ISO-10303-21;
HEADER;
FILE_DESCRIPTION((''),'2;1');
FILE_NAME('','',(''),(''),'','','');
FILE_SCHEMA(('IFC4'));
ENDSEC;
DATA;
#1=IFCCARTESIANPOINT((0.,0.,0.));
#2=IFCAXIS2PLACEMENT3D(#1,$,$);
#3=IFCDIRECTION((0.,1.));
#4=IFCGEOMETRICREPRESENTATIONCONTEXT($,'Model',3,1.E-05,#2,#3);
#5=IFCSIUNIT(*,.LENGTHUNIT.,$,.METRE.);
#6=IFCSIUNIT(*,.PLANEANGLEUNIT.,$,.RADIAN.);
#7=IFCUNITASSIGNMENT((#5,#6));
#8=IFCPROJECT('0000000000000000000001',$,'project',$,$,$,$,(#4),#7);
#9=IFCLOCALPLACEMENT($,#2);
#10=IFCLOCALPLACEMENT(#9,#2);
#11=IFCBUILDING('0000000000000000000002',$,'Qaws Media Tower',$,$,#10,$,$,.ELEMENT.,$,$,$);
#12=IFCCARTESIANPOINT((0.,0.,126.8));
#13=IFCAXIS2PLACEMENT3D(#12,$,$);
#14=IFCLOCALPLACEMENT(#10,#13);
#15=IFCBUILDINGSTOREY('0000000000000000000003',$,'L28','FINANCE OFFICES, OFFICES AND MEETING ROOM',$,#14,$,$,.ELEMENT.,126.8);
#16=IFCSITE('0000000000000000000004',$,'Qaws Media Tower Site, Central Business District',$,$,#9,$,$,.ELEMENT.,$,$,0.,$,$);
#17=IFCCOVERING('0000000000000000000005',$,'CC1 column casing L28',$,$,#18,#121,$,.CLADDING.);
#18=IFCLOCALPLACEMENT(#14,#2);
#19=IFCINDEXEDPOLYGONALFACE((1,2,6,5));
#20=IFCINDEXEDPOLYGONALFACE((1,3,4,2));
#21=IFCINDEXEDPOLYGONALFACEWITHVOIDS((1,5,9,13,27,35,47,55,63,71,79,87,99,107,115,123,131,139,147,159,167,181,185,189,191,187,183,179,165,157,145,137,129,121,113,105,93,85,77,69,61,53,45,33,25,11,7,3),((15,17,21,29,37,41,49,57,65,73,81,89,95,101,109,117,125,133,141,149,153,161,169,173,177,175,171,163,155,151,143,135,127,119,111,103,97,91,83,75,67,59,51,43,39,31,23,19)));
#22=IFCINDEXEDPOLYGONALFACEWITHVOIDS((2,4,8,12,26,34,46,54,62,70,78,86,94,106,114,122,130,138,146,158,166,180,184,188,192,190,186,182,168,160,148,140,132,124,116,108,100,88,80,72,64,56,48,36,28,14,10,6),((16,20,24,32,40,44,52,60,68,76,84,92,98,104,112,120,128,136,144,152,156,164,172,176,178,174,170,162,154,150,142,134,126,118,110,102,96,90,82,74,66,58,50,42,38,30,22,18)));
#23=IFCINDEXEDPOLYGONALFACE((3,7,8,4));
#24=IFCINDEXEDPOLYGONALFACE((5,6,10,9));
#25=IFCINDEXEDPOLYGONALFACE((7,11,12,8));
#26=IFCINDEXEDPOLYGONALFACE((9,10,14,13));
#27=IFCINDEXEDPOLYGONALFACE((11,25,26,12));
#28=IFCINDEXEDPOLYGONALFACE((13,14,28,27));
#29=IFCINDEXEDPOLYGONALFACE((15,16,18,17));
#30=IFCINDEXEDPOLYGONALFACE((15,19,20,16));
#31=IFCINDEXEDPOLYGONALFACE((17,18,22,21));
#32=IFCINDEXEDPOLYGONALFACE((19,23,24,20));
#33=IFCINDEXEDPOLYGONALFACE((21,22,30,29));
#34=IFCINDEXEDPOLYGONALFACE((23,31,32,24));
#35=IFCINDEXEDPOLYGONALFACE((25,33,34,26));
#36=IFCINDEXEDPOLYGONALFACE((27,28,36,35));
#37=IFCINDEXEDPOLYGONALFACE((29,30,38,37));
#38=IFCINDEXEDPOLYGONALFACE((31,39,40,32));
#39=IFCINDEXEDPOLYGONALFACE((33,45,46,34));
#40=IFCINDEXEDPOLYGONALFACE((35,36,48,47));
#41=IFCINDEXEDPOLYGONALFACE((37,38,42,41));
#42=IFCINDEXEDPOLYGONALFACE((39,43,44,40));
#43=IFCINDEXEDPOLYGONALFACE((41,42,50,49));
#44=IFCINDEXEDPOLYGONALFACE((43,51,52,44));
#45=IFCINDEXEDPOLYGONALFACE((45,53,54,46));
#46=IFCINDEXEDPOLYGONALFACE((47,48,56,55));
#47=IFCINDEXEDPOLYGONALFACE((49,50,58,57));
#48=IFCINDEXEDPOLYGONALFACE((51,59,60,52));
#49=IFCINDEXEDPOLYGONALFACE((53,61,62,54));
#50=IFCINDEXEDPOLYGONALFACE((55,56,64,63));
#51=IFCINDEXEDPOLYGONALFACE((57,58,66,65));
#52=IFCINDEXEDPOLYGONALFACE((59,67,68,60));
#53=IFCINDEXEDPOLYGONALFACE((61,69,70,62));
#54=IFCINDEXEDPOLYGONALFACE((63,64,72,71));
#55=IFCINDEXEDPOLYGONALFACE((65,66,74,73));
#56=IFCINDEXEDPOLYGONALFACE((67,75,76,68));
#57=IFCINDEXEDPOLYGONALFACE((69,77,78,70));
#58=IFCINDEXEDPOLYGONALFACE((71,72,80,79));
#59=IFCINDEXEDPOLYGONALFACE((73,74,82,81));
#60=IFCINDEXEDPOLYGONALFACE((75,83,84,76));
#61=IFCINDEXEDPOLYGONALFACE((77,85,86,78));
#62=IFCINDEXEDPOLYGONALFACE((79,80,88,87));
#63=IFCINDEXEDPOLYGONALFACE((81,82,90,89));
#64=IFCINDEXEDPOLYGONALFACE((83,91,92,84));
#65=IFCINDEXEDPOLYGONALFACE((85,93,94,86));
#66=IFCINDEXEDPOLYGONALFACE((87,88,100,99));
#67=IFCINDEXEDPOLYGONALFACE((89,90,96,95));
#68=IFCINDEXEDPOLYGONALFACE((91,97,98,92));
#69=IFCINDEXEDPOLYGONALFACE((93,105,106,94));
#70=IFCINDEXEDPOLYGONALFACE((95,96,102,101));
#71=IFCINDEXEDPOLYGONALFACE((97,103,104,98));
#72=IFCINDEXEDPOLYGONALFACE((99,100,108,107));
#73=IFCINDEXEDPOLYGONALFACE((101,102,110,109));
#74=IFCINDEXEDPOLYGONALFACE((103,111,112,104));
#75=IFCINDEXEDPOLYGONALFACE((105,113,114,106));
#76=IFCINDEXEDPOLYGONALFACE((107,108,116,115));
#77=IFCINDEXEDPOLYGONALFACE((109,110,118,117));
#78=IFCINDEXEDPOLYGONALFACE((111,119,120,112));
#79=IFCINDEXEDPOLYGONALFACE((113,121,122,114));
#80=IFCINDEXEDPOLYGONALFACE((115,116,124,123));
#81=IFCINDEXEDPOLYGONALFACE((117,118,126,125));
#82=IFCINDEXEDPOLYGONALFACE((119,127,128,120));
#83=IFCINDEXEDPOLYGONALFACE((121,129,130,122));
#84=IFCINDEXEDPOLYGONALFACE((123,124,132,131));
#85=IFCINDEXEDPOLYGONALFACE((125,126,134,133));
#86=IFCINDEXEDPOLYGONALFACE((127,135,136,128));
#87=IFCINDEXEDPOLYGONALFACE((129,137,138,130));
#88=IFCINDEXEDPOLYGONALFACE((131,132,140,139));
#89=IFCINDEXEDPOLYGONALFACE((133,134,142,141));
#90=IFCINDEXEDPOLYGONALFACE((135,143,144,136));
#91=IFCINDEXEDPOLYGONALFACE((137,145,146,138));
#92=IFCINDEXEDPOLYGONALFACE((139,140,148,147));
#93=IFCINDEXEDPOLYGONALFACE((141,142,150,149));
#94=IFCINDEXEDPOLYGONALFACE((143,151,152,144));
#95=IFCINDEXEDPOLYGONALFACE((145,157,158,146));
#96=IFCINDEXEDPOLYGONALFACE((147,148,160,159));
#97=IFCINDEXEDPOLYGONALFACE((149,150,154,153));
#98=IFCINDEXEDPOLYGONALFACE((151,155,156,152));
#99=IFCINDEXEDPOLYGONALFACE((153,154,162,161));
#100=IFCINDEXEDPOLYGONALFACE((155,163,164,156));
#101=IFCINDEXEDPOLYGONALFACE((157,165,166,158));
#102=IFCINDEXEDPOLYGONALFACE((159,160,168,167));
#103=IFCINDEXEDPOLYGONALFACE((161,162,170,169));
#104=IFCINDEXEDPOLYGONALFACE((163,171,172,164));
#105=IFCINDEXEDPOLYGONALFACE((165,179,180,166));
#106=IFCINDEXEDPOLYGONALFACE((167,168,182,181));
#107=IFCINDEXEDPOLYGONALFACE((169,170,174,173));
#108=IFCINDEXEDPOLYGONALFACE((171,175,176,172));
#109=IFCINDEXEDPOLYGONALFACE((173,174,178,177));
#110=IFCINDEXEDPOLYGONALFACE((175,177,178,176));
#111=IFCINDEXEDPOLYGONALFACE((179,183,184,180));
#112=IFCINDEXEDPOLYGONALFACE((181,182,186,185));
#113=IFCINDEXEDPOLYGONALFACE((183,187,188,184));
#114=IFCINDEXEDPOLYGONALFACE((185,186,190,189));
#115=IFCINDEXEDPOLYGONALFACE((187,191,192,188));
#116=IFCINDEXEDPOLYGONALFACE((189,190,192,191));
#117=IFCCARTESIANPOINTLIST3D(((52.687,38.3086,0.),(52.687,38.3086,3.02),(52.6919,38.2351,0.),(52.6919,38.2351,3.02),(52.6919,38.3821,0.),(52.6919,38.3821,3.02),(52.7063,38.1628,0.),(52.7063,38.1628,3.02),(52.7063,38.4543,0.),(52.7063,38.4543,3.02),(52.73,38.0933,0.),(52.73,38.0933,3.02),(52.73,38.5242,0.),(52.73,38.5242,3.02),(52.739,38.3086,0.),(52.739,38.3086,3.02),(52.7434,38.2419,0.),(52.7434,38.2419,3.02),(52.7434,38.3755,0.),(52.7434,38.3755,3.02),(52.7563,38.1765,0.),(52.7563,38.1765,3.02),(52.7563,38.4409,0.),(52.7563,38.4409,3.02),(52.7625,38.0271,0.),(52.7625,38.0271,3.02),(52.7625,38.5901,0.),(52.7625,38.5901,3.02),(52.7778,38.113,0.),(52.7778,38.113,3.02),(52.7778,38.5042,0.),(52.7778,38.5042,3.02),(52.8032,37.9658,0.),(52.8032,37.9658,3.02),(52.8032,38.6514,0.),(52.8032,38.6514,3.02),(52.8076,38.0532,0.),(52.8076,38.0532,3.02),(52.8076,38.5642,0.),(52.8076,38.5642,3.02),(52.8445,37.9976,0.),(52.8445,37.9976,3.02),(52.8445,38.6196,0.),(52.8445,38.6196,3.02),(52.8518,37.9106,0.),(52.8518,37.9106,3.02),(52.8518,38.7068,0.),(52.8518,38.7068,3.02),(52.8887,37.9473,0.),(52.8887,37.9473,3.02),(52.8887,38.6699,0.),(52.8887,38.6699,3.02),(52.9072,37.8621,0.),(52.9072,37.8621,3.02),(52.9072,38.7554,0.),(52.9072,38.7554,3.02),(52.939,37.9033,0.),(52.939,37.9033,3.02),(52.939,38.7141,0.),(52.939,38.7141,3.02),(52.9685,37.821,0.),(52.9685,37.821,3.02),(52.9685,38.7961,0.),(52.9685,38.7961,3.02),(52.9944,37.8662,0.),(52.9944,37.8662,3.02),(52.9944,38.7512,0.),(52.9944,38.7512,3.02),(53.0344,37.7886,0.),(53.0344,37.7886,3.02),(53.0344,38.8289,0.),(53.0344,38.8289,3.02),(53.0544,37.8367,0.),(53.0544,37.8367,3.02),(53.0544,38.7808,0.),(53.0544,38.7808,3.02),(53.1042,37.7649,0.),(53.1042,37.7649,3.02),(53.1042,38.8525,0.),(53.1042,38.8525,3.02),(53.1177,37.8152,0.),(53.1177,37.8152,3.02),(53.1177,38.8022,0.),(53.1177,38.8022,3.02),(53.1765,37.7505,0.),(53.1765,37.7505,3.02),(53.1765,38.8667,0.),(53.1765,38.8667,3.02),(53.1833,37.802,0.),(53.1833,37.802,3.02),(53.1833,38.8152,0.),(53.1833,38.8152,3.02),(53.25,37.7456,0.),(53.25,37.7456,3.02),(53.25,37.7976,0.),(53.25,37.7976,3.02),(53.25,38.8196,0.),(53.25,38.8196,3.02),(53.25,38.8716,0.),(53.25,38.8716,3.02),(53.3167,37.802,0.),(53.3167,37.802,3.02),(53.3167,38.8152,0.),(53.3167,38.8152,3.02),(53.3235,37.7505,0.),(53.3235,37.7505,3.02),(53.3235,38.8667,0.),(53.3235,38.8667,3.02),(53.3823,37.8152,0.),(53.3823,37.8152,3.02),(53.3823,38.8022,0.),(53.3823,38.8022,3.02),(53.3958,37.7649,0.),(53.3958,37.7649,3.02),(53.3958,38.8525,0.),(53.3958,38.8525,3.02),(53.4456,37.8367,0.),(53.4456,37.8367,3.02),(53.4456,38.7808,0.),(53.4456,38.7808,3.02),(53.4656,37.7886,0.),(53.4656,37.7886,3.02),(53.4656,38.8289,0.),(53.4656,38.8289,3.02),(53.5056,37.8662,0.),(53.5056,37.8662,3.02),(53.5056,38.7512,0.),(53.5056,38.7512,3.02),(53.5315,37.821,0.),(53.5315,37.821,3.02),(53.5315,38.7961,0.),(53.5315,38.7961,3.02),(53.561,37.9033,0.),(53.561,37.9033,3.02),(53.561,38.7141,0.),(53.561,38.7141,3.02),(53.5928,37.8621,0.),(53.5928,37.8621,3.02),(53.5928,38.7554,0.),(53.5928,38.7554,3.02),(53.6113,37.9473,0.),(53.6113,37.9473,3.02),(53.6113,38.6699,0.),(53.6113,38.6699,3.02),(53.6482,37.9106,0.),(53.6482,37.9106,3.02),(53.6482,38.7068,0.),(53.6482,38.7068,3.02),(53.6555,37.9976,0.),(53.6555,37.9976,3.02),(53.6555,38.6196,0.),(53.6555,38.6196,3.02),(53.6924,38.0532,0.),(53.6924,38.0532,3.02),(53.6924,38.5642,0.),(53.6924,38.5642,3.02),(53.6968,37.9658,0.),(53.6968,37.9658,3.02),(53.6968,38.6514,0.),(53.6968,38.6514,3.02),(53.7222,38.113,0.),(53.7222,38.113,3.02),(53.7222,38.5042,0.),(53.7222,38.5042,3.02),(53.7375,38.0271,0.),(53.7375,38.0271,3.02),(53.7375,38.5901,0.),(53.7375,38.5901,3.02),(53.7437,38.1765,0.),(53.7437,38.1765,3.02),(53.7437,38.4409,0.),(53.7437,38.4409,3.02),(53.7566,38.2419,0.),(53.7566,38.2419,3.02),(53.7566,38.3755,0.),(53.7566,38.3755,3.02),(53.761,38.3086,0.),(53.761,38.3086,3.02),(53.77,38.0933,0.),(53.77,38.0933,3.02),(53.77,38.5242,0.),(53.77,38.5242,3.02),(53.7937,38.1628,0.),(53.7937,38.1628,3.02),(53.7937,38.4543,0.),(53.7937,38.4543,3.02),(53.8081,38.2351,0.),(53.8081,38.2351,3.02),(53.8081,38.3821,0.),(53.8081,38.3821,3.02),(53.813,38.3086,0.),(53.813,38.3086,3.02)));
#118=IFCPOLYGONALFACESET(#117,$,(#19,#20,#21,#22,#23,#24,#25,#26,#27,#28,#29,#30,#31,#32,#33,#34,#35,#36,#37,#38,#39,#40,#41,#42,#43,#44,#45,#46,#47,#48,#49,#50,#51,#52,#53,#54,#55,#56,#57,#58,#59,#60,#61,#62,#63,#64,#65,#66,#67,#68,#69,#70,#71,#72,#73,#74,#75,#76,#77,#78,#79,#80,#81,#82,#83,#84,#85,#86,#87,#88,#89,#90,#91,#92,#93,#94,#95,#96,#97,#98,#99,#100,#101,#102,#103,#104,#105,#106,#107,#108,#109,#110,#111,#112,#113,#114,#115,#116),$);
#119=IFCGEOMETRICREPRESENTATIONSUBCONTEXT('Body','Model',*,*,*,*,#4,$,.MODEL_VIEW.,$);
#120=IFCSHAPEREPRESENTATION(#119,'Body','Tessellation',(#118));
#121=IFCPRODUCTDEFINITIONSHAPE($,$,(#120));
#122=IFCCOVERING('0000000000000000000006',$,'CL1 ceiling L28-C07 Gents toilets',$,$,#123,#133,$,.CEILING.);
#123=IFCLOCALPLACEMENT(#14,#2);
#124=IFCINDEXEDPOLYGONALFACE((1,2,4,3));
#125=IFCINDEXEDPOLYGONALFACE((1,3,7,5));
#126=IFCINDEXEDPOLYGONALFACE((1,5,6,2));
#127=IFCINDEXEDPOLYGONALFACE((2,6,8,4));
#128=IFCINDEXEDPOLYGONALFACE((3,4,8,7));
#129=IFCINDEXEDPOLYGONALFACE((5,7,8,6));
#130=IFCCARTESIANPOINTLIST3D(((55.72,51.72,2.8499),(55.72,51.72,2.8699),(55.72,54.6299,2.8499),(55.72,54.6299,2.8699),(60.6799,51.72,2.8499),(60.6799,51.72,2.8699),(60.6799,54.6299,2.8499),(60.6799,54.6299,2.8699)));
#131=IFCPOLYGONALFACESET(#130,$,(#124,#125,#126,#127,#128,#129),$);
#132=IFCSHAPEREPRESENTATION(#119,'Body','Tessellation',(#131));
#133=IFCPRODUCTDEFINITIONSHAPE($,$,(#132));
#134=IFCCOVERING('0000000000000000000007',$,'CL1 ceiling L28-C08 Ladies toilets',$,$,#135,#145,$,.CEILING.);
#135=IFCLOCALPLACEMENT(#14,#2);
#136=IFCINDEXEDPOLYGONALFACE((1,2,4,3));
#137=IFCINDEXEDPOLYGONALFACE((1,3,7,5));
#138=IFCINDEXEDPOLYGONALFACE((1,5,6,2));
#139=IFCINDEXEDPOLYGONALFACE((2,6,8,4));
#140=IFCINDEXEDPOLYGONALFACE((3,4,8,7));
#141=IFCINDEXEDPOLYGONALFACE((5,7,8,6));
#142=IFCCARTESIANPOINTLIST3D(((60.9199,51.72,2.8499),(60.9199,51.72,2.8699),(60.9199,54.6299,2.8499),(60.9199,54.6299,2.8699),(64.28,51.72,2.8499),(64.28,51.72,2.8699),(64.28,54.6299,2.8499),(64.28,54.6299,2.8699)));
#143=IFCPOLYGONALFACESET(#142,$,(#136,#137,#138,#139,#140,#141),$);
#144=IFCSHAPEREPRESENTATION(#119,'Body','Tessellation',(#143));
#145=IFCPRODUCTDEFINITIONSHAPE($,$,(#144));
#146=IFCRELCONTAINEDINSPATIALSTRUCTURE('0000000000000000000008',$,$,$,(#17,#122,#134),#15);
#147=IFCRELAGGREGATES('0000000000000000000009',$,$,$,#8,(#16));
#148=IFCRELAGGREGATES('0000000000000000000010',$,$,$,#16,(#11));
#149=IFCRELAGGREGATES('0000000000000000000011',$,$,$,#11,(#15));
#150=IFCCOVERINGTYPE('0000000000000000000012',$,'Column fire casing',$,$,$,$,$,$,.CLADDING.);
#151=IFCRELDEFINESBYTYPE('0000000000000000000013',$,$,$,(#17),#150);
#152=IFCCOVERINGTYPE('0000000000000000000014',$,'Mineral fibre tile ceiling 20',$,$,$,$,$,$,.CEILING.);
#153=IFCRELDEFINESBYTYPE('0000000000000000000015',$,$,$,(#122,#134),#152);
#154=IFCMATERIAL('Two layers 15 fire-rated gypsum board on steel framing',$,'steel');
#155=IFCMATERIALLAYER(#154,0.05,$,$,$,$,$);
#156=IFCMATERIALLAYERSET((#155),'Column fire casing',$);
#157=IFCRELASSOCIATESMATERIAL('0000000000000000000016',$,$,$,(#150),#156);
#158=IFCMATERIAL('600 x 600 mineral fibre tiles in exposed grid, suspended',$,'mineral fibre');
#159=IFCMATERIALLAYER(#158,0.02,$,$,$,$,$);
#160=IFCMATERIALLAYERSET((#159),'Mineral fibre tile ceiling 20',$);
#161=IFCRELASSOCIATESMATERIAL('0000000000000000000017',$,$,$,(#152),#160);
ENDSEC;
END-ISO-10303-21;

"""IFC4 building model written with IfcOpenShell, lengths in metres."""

from ifc_helpers import new_model, si_unit, direction, frame, origin, place, context, subcontext, project, spatial, polyline, outline, extrude, material, layer, layer_set, type_object, element, save


model = new_model("IFC4")

# Units and contexts
model_context = context("Model", 3, precision=1e-05, world=origin(), true_north=direction((0.0, 1.0)))
body_context = subcontext(model_context, "Body", "Model", "MODEL_VIEW")
ifc_project = project(units=[si_unit("LENGTHUNIT", "METRE"), si_unit("PLANEANGLEUNIT", "RADIAN")], contexts=[model_context])

# Site, building, storey
site_placement = place(None, origin())
site = spatial("IfcSite", under=ifc_project, at=site_placement, Name="Qaws Media Tower Site, Central Business District", CompositionType="ELEMENT", RefElevation=0.0)
building_placement = place(site_placement, origin())
building = spatial("IfcBuilding", under=site, at=building_placement, Name="Qaws Media Tower", CompositionType="ELEMENT")
storey_placement = place(building_placement, frame((0.0, 0.0, 126.8)))
storey = spatial("IfcBuildingStorey", under=building, at=storey_placement, Name="L28", Description="FINANCE OFFICES, OFFICES AND MEETING ROOM", CompositionType="ELEMENT", Elevation=126.8)

# Coverings
ifc_material_1 = material(Name="Two layers 15 fire-rated gypsum board on steel framing", Category="steel")
ifc_layer_1 = layer(ifc_material_1, 0.05)
ifc_layer_set_1 = layer_set([ifc_layer_1], Name="Column fire casing")
covering_type_1 = type_object("IfcCoveringType", Name="Column fire casing", PredefinedType="CLADDING", material=ifc_layer_set_1)
covering_1_placement = place(storey_placement, origin())
element("IfcCovering", 1, at=covering_1_placement, inside=storey, type_object=covering_type_1, Name="CC1 column casing L28", PredefinedType="CLADDING", context=body_context, shape_type="SweptSolid", body=[
    extrude(outline(polyline([(53.813, 38.3086), (53.8081, 38.2351), (53.7937, 38.1628), (53.77, 38.0933), (53.7375, 38.0271), (53.6968, 37.9658), (53.6482, 37.9106), (53.5928, 37.8621), (53.5315, 37.821), (53.4656, 37.7886), (53.3958, 37.7649), (53.3235, 37.7505), (53.25, 37.7456), (53.1765, 37.7505), (53.1042, 37.7649), (53.0344, 37.7886), (52.9685, 37.821), (52.9072, 37.8621), (52.8518, 37.9106), (52.8032, 37.9658), (52.7625, 38.0271), (52.73, 38.0933), (52.7063, 38.1628), (52.6919, 38.2351), (52.687, 38.3086), (52.6919, 38.3821), (52.7063, 38.4543), (52.73, 38.5242), (52.7625, 38.5901), (52.8032, 38.6514), (52.8518, 38.7068), (52.9072, 38.7554), (52.9685, 38.7961), (53.0344, 38.8289), (53.1042, 38.8525), (53.1765, 38.8667), (53.25, 38.8716), (53.3235, 38.8667), (53.3958, 38.8525), (53.4656, 38.8289), (53.5315, 38.7961), (53.5928, 38.7554), (53.6482, 38.7068), (53.6968, 38.6514), (53.7375, 38.5901), (53.77, 38.5242), (53.7937, 38.4543), (53.8081, 38.3821), (53.813, 38.3086)]), holes=[polyline([(53.761, 38.3086), (53.7566, 38.2419), (53.7437, 38.1765), (53.7222, 38.113), (53.6924, 38.0532), (53.6555, 37.9976), (53.6113, 37.9473), (53.561, 37.9033), (53.5056, 37.8662), (53.4456, 37.8367), (53.3823, 37.8152), (53.3167, 37.802), (53.25, 37.7976), (53.1833, 37.802), (53.1177, 37.8152), (53.0544, 37.8367), (52.9944, 37.8662), (52.939, 37.9033), (52.8887, 37.9473), (52.8445, 37.9976), (52.8076, 38.0532), (52.7778, 38.113), (52.7563, 38.1765), (52.7434, 38.2419), (52.739, 38.3086), (52.7434, 38.3755), (52.7563, 38.4409), (52.7778, 38.5042), (52.8076, 38.5642), (52.8445, 38.6196), (52.8887, 38.6699), (52.939, 38.7141), (52.9944, 38.7512), (53.0544, 38.7808), (53.1177, 38.8022), (53.1833, 38.8152), (53.25, 38.8196), (53.3167, 38.8152), (53.3823, 38.8022), (53.4456, 38.7808), (53.5056, 38.7512), (53.561, 38.7141), (53.6113, 38.6699), (53.6555, 38.6196), (53.6924, 38.5642), (53.7222, 38.5042), (53.7437, 38.4409), (53.7566, 38.3755), (53.761, 38.3086)])]), origin(), (0.0, 0.0, 1.0), 3.02),
])
ifc_material_2 = material(Name="600 x 600 mineral fibre tiles in exposed grid, suspended", Category="mineral fibre")
ifc_layer_2 = layer(ifc_material_2, 0.02)
ifc_layer_set_2 = layer_set([ifc_layer_2], Name="Mineral fibre tile ceiling 20")
covering_type_2 = type_object("IfcCoveringType", Name="Mineral fibre tile ceiling 20", PredefinedType="CEILING", material=ifc_layer_set_2)
covering_2_placement = place(storey_placement, frame((0.0, 0.0, 2.8499)))
element("IfcCovering", 2, at=covering_2_placement, inside=storey, type_object=covering_type_2, Name="CL1 ceiling L28-C07 Gents toilets", PredefinedType="CEILING", context=body_context, shape_type="SweptSolid", body=[
    extrude(outline(polyline([(55.72, 51.72), (55.72, 54.6299), (60.6799, 54.6299), (60.6799, 51.72), (55.72, 51.72)])), origin(), (0.0, 0.0, 1.0), 0.02),
])
covering_3_placement = place(storey_placement, frame((0.0, 0.0, 2.8499)))
element("IfcCovering", 3, at=covering_3_placement, inside=storey, type_object=covering_type_2, Name="CL1 ceiling L28-C08 Ladies toilets", PredefinedType="CEILING", context=body_context, shape_type="SweptSolid", body=[
    extrude(outline(polyline([(60.9199, 51.72), (60.9199, 54.6299), (64.28, 54.6299), (64.28, 51.72), (60.9199, 51.72)])), origin(), (0.0, 0.0, 1.0), 0.02),
])

save(model, "model.ifc")
